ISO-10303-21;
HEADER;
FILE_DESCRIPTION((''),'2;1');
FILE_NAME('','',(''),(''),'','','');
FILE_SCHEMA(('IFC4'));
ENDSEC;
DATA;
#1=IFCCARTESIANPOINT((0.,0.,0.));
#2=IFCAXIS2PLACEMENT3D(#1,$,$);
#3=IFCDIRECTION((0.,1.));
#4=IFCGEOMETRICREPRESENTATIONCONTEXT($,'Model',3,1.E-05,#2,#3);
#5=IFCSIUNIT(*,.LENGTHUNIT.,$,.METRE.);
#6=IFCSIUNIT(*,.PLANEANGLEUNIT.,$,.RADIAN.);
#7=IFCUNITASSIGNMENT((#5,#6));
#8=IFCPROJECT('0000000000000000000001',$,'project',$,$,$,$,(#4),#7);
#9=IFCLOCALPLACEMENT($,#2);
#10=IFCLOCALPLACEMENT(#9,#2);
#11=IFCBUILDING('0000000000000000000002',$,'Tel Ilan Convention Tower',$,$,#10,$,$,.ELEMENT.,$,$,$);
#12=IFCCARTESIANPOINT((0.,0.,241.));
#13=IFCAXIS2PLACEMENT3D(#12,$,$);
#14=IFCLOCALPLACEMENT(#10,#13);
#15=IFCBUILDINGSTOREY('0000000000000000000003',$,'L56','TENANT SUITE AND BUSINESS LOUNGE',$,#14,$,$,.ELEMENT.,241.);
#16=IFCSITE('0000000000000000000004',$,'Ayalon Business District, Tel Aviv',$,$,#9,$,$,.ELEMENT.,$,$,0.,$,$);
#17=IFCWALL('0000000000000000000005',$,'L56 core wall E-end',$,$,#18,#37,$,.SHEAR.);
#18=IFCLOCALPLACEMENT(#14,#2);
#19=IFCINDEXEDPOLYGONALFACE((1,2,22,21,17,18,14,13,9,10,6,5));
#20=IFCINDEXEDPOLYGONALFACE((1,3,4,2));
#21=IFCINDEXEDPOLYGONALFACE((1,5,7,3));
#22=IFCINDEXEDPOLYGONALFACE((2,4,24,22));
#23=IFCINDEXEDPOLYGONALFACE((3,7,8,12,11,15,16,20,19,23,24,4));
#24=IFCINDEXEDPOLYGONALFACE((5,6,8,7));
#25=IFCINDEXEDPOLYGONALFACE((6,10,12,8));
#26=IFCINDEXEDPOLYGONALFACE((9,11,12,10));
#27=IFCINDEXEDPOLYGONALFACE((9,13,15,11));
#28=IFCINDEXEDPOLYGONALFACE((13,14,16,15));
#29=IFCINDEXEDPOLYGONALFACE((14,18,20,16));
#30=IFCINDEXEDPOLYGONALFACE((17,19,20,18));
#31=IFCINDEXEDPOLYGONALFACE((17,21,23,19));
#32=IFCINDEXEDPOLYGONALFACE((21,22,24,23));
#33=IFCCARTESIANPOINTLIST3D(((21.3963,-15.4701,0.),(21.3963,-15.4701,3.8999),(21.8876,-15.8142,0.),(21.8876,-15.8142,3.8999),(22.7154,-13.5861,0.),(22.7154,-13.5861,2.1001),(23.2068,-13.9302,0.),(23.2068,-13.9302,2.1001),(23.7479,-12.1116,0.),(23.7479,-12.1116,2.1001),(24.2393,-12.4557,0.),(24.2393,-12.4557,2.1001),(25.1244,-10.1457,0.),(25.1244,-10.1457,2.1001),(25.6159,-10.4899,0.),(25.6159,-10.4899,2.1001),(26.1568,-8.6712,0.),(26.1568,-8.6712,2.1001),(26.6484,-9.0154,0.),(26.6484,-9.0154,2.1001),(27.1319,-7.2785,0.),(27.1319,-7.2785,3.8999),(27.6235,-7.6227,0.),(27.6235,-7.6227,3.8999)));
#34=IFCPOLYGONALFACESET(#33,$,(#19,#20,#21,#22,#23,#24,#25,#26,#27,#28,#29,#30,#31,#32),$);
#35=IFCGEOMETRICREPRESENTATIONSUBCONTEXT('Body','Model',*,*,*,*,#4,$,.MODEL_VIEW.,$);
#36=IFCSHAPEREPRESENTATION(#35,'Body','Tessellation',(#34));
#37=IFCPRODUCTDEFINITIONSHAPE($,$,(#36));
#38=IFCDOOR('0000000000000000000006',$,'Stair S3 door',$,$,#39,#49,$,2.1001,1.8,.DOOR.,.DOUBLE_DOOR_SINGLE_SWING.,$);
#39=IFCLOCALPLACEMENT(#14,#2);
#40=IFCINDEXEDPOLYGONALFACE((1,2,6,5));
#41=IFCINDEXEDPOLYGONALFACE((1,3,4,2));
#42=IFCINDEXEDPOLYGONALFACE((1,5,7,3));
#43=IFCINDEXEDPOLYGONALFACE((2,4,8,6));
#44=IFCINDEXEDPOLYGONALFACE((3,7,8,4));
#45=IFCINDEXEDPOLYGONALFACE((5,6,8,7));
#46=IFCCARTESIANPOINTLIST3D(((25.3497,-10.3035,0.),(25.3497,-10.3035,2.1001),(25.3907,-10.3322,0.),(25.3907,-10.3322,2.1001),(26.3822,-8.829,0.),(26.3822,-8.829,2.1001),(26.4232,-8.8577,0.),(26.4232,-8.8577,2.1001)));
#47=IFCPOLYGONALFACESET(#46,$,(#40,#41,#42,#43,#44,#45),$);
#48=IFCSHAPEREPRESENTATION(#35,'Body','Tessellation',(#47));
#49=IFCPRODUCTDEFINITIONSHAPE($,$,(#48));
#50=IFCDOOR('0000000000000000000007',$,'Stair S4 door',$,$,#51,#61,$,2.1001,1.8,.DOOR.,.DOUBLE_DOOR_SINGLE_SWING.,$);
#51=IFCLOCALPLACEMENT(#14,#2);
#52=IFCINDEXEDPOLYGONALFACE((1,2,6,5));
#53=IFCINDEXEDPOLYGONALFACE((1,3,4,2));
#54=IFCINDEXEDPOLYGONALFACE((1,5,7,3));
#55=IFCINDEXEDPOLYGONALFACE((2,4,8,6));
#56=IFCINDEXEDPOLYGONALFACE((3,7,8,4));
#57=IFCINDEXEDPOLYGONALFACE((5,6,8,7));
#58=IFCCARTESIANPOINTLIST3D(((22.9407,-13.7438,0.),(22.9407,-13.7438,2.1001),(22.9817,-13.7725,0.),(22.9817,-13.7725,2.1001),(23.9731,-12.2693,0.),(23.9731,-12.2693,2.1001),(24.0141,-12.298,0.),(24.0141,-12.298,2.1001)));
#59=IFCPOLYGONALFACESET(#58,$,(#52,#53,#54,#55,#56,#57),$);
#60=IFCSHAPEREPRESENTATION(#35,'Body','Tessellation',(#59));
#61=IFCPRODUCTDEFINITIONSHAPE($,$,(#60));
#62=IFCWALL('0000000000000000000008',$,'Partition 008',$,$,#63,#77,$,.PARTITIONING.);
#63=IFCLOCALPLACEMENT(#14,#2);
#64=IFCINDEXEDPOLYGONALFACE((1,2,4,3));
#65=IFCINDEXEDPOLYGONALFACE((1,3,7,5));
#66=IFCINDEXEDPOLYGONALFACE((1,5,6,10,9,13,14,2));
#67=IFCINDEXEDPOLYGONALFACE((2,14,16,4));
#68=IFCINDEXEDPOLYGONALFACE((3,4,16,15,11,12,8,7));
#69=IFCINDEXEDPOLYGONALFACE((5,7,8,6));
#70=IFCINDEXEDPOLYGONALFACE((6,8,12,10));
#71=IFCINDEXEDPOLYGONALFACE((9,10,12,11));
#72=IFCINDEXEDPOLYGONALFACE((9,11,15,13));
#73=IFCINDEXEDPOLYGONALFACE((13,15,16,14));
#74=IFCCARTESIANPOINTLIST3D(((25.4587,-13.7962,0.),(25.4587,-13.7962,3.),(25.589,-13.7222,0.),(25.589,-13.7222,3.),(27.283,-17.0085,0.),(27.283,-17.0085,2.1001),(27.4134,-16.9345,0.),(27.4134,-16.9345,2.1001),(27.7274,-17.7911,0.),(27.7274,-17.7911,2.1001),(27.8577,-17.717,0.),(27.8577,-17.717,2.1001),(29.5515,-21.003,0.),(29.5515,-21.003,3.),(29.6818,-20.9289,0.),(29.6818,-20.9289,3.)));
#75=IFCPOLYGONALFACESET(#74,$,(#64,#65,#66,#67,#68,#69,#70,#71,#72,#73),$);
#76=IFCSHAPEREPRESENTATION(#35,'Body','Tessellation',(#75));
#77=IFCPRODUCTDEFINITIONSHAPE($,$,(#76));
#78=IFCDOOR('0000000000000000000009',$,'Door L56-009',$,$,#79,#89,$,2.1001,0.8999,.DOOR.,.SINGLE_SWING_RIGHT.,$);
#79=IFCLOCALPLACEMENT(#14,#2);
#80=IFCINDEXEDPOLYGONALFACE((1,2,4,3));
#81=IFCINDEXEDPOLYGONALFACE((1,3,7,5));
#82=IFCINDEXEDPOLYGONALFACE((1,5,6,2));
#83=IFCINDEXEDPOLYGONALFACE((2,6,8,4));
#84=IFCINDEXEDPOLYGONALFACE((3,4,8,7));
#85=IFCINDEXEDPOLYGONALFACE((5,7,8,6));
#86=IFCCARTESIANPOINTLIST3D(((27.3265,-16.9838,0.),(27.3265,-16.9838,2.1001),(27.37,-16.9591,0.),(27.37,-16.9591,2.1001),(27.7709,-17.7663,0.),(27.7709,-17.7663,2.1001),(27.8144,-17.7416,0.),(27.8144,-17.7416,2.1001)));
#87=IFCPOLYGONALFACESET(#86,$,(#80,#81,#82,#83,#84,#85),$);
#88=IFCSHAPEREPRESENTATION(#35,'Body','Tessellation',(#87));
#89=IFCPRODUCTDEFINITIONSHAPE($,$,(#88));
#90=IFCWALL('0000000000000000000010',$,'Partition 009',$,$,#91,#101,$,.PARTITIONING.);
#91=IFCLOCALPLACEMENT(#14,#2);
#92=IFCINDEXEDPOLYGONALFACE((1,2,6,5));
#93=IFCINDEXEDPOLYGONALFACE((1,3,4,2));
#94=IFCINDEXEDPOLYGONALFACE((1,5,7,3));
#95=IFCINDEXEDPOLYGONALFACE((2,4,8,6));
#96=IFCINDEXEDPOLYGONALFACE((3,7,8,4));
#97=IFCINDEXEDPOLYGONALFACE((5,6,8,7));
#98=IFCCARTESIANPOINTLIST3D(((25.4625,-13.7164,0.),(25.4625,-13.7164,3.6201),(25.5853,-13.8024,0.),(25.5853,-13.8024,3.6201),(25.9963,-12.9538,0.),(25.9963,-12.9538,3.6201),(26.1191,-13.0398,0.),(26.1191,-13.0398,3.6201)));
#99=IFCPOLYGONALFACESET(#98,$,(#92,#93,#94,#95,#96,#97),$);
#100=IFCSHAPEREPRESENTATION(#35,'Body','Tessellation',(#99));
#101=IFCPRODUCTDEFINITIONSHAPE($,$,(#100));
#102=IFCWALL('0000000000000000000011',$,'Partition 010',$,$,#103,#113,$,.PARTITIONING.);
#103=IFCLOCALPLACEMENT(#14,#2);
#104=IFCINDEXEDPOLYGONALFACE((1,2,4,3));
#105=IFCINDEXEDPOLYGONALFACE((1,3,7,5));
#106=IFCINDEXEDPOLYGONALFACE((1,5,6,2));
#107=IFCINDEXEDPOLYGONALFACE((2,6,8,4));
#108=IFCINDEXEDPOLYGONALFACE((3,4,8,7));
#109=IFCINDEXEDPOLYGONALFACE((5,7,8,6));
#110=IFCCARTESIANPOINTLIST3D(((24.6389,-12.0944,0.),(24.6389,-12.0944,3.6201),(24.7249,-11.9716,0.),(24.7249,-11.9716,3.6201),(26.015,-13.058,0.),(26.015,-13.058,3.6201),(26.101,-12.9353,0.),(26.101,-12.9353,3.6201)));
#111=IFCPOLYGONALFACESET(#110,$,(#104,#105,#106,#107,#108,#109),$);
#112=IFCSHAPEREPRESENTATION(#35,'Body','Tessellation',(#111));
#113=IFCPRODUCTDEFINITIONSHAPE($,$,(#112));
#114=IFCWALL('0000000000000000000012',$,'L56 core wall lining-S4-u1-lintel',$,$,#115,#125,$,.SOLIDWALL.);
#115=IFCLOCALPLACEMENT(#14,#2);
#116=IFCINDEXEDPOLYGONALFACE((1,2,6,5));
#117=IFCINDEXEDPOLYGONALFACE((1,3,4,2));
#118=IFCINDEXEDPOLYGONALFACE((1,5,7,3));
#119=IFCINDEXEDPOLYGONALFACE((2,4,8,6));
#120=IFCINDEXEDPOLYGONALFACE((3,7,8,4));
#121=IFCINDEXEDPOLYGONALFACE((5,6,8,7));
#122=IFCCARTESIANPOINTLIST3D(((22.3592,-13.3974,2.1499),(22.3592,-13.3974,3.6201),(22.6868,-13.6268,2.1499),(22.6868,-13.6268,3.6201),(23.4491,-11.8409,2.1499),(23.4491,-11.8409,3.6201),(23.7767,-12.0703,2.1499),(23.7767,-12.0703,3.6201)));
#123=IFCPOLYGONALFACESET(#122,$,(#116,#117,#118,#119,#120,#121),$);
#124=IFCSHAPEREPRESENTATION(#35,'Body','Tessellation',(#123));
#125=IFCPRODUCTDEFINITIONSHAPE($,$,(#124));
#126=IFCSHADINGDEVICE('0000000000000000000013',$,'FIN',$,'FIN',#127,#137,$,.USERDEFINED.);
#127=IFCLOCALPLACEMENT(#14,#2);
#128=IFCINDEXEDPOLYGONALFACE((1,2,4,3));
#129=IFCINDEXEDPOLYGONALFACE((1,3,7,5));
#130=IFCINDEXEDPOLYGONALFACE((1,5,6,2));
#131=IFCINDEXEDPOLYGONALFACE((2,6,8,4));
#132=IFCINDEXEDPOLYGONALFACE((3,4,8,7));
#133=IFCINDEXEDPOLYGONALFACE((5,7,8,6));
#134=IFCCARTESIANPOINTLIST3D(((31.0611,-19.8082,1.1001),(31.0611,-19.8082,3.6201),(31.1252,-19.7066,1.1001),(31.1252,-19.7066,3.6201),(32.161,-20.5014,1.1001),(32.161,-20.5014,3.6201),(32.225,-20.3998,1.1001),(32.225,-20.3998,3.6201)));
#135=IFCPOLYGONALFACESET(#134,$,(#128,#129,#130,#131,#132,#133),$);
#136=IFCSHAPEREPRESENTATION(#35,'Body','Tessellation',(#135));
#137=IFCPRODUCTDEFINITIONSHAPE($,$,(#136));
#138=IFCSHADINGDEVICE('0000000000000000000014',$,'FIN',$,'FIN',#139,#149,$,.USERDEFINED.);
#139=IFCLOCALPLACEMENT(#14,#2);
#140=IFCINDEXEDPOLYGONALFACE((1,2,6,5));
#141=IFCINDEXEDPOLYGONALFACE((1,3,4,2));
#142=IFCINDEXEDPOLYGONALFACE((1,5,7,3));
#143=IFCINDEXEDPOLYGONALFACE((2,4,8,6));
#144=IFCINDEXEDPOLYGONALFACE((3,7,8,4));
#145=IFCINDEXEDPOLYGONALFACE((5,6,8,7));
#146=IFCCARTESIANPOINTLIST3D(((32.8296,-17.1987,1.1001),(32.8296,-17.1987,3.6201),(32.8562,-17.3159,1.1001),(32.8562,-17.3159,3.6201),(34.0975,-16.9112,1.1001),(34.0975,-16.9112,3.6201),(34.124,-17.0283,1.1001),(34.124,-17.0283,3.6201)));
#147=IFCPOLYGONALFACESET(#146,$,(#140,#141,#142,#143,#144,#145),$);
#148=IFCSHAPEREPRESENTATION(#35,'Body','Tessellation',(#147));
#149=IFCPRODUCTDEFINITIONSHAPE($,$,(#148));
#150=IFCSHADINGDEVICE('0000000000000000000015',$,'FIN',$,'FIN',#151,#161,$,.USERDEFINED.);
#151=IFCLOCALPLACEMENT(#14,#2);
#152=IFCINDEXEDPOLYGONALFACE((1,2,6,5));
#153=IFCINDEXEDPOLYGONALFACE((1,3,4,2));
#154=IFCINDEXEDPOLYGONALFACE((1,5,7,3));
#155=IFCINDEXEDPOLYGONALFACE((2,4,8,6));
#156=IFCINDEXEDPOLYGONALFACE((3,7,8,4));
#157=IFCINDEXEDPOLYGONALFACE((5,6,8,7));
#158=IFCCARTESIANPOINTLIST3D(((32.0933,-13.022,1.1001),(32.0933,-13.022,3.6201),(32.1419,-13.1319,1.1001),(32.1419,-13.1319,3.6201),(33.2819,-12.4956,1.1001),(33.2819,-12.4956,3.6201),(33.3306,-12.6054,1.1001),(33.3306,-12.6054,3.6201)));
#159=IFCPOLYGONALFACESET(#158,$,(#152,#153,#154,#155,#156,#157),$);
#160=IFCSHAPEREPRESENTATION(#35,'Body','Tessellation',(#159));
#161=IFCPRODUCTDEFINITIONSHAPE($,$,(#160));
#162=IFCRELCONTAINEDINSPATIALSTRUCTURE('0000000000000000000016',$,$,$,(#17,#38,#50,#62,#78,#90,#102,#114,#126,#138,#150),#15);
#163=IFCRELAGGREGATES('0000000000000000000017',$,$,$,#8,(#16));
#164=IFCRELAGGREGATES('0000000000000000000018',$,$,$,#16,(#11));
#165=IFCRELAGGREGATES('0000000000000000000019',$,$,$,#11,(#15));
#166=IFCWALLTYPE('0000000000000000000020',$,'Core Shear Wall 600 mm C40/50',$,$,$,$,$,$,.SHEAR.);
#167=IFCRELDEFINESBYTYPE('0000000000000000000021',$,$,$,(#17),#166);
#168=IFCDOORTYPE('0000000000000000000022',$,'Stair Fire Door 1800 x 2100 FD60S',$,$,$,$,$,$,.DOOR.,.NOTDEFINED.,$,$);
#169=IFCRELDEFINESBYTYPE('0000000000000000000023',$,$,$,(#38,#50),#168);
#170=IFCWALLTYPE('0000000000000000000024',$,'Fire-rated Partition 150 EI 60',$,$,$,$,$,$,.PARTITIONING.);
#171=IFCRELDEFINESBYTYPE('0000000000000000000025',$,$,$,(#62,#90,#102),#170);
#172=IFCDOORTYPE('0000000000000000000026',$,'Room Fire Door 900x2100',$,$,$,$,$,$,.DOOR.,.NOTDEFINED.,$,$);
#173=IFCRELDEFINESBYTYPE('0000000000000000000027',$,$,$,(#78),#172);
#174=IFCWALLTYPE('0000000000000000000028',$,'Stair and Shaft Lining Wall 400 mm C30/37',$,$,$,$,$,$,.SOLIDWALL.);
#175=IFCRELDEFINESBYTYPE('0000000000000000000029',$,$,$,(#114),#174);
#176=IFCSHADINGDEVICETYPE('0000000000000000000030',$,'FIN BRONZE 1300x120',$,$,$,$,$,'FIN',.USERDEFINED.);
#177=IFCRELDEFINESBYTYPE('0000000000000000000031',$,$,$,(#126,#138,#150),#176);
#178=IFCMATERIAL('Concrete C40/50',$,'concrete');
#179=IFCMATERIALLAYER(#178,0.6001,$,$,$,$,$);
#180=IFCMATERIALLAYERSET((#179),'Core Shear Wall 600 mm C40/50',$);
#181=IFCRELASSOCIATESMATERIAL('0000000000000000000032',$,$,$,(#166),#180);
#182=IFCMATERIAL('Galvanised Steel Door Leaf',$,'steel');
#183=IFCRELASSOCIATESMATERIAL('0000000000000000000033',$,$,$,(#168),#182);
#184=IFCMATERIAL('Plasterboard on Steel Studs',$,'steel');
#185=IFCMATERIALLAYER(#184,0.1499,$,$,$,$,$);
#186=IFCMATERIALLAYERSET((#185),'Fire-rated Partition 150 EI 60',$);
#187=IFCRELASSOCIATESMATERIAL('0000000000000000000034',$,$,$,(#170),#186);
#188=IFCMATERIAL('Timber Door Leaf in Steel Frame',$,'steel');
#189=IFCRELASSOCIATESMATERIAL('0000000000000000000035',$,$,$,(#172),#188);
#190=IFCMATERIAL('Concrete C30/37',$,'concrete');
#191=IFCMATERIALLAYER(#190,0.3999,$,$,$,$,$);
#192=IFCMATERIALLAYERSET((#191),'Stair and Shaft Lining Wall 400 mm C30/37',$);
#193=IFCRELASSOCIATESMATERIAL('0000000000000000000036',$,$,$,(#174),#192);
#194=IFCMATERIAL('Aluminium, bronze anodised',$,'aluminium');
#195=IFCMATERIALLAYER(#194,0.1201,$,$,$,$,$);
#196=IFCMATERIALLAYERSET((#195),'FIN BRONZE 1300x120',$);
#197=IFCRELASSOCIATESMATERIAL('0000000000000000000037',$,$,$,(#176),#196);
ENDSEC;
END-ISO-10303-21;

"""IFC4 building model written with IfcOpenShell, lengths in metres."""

from ifc_helpers import new_model, si_unit, direction, frame, frame_2d, origin, origin_2d, place, context, subcontext, project, spatial, polyline, rectangle, outline, extrude, material, layer, layer_set, type_object, element, fill, save


model = new_model("IFC4")

# Units and contexts
model_context = context("Model", 3, precision=1e-05, world=origin(), true_north=direction((0.0, 1.0)))
body_context = subcontext(model_context, "Body", "Model", "MODEL_VIEW")
ifc_project = project(units=[si_unit("LENGTHUNIT", "METRE"), si_unit("PLANEANGLEUNIT", "RADIAN")], contexts=[model_context])

# Site, building, storey
site_placement = place(None, origin())
site = spatial("IfcSite", under=ifc_project, at=site_placement, Name="Ayalon Business District, Tel Aviv", CompositionType="ELEMENT", RefElevation=0.0)
building_placement = place(site_placement, origin())
building = spatial("IfcBuilding", under=site, at=building_placement, Name="Tel Ilan Convention Tower", CompositionType="ELEMENT")
storey_placement = place(building_placement, frame((0.0, 0.0, 241.0)))
storey = spatial("IfcBuildingStorey", under=building, at=storey_placement, Name="L56", Description="TENANT SUITE AND BUSINESS LOUNGE", CompositionType="ELEMENT", Elevation=241.0)

# Wall, openings, doors
ifc_material_1 = material(Name="Concrete C40/50", Category="concrete")
ifc_layer_1 = layer(ifc_material_1, 0.6001)
ifc_layer_set_1 = layer_set([ifc_layer_1], Name="Core Shear Wall 600 mm C40/50")
wall_type_1 = type_object("IfcWallType", Name="Core Shear Wall 600 mm C40/50", PredefinedType="SHEAR", material=ifc_layer_set_1)
wall_1_placement = place(storey_placement, frame((21.6418, -15.6421, 0.0), z_axis=(0.0, 0.0, 1.0), x_axis=(0.573587, 0.819145, 0.0)))
wall_1 = element("IfcWall", 1, at=wall_1_placement, inside=storey, type_object=wall_type_1, Name="L56 core wall E-end", PredefinedType="SHEAR", context=body_context, shape_type="SweptSolid", body=[
    extrude(outline(polyline([(10.0, 0.3), (0.0, 0.2998), (0.0, -0.3), (10.0, -0.3), (10.0, 0.3)])), origin(), (0.0, 0.0, 1.0), 3.8999),
])
opening_1_placement = place(wall_1_placement, frame((6.5, 0.0, 0.0)))
opening_1 = element("IfcOpeningElement", 2, at=opening_1_placement, cuts=wall_1, PredefinedType="OPENING", context=body_context, shape_type="SweptSolid", body=[
    extrude(rectangle(XDim=1.8, YDim=2.1001, at=frame_2d((0.8999, 1.05))), frame((0.0, 0.3101, 0.0), z_axis=(0.0, -1.0, 0.0), x_axis=(1.0, 0.0, 0.0)), (0.0, 0.0, 1.0), 0.6201),
])
opening_2_placement = place(wall_1_placement, frame((2.3, 0.0, 0.0)))
opening_2 = element("IfcOpeningElement", 3, at=opening_2_placement, cuts=wall_1, PredefinedType="OPENING", context=body_context, shape_type="SweptSolid", body=[
    extrude(rectangle(XDim=1.8, YDim=2.1001, at=frame_2d((0.8999, 1.05))), frame((0.0, 0.3101, 0.0), z_axis=(0.0, -1.0, 0.0), x_axis=(1.0, 0.0, 0.0)), (0.0, 0.0, 1.0), 0.6201),
])
ifc_material_2 = material(Name="Galvanised Steel Door Leaf", Category="steel")
door_type_1 = type_object("IfcDoorType", Name="Stair Fire Door 1800 x 2100 FD60S", OperationType="NOTDEFINED", PredefinedType="DOOR", material=ifc_material_2)
door_1_placement = place(opening_1_placement, origin())
door_1 = element("IfcDoor", 4, at=door_1_placement, inside=storey, type_object=door_type_1, Name="Stair S3 door", OperationType="DOUBLE_DOOR_SINGLE_SWING", OverallHeight=2.1001, OverallWidth=1.8, PredefinedType="DOOR", context=body_context, shape_type="SweptSolid", body=[
    extrude(rectangle(XDim=1.8, YDim=2.1001, at=frame_2d((0.8999, 1.05))), frame((0.0, 0.0249, 0.0), z_axis=(0.0, -1.0, 0.0), x_axis=(1.0, 0.0, 0.0)), (0.0, 0.0, 1.0), 0.05),
])
fill(opening_1, door_1)
door_2_placement = place(opening_2_placement, origin())
door_2 = element("IfcDoor", 5, at=door_2_placement, inside=storey, type_object=door_type_1, Name="Stair S4 door", OperationType="DOUBLE_DOOR_SINGLE_SWING", OverallHeight=2.1001, OverallWidth=1.8, PredefinedType="DOOR", context=body_context, shape_type="SweptSolid", body=[
    extrude(rectangle(XDim=1.8, YDim=2.1001, at=frame_2d((0.8999, 1.05))), frame((0.0, 0.0249, 0.0), z_axis=(0.0, -1.0, 0.0), x_axis=(1.0, 0.0, 0.0)), (0.0, 0.0, 1.0), 0.05),
])
fill(opening_2, door_2)

# Wall, opening, door
ifc_material_3 = material(Name="Plasterboard on Steel Studs", Category="steel")
ifc_layer_2 = layer(ifc_material_3, 0.1499)
ifc_layer_set_2 = layer_set([ifc_layer_2], Name="Fire-rated Partition 150 EI 60")
wall_type_2 = type_object("IfcWallType", Name="Fire-rated Partition 150 EI 60", PredefinedType="PARTITIONING", material=ifc_layer_set_2)
wall_2_placement = place(storey_placement, frame((29.6167, -20.9661, 0.0), z_axis=(0.0, 0.0, 1.0), x_axis=(-0.493828, 0.86956, 0.0)))
wall_2 = element("IfcWall", 6, at=wall_2_placement, inside=storey, type_object=wall_type_2, Name="Partition 008", PredefinedType="PARTITIONING", context=body_context, shape_type="SweptSolid", body=[
    extrude(rectangle(XDim=8.2878, YDim=0.1499, at=frame_2d((4.144, 0.0))), origin(), (0.0, 0.0, 1.0), 3.0),
])
opening_3_placement = place(wall_2_placement, frame((3.6938, 0.0, 0.0)))
opening_3 = element("IfcOpeningElement", 7, at=opening_3_placement, cuts=wall_2, PredefinedType="OPENING", context=body_context, shape_type="SweptSolid", body=[
    extrude(rectangle(XDim=0.8999, YDim=2.1001, at=frame_2d((0.45, 1.05))), frame((0.0, 0.085, 0.0), z_axis=(0.0, -1.0, 0.0), x_axis=(1.0, 0.0, 0.0)), (0.0, 0.0, 1.0), 0.1699),
])
ifc_material_4 = material(Name="Timber Door Leaf in Steel Frame", Category="steel")
door_type_2 = type_object("IfcDoorType", Name="Room Fire Door 900x2100", OperationType="NOTDEFINED", PredefinedType="DOOR", material=ifc_material_4)
door_3_placement = place(opening_3_placement, origin())
door_3 = element("IfcDoor", 8, at=door_3_placement, inside=storey, type_object=door_type_2, Name="Door L56-009", OperationType="SINGLE_SWING_RIGHT", OverallHeight=2.1001, OverallWidth=0.8999, PredefinedType="DOOR", context=body_context, shape_type="SweptSolid", body=[
    extrude(rectangle(XDim=0.8999, YDim=2.1001, at=frame_2d((0.45, 1.05))), frame((0.0, 0.0249, 0.0), z_axis=(0.0, -1.0, 0.0), x_axis=(1.0, 0.0, 0.0)), (0.0, 0.0, 1.0), 0.05),
])
fill(opening_3, door_3)

# Walls
wall_3_placement = place(storey_placement, frame((25.5239, -13.7593, 0.0), z_axis=(0.0, 0.0, 1.0), x_axis=(0.573498, 0.819207, 0.0)))
element("IfcWall", 9, at=wall_3_placement, inside=storey, type_object=wall_type_2, Name="Partition 009", PredefinedType="PARTITIONING", context=body_context, shape_type="SweptSolid", body=[
    extrude(rectangle(XDim=0.9309, YDim=0.1499, at=frame_2d((0.4653, 0.0))), origin(), (0.0, 0.0, 1.0), 3.6201),
])
wall_4_placement = place(storey_placement, frame((26.0579, -12.9966, 0.0), z_axis=(0.0, 0.0, 1.0), x_axis=(-0.819109, 0.573638, 0.0)))
element("IfcWall", 10, at=wall_4_placement, inside=storey, type_object=wall_type_2, Name="Partition 010", PredefinedType="PARTITIONING", context=body_context, shape_type="SweptSolid", body=[
    extrude(rectangle(XDim=1.6799, YDim=0.1499, at=frame_2d((0.8398, 0.0))), origin(), (0.0, 0.0, 1.0), 3.6201),
])
ifc_material_5 = material(Name="Concrete C30/37", Category="concrete")
ifc_layer_3 = layer(ifc_material_5, 0.3999)
ifc_layer_set_3 = layer_set([ifc_layer_3], Name="Stair and Shaft Lining Wall 400 mm C30/37")
wall_type_3 = type_object("IfcWallType", Name="Stair and Shaft Lining Wall 400 mm C30/37", PredefinedType="SOLIDWALL", material=ifc_layer_set_3)
wall_5_placement = place(storey_placement, frame((22.5229, -13.5122, 2.1499), z_axis=(0.0, 0.0, 1.0), x_axis=(0.573592, 0.819141, 0.0)))
element("IfcWall", 11, at=wall_5_placement, inside=storey, type_object=wall_type_3, Name="L56 core wall lining-S4-u1-lintel", PredefinedType="SOLIDWALL", context=body_context, shape_type="SweptSolid", body=[
    extrude(rectangle(XDim=1.9001, YDim=0.3999, at=frame_2d((0.9502, 0.0))), origin(), (0.0, 0.0, 1.0), 1.4702),
])

# Shading devices
ifc_material_6 = material(Name="Aluminium, bronze anodised", Category="aluminium")
ifc_layer_4 = layer(ifc_material_6, 0.1201)
ifc_layer_set_4 = layer_set([ifc_layer_4], Name="FIN BRONZE 1300x120")
shading_device_type = type_object("IfcShadingDeviceType", Name="FIN BRONZE 1300x120", ElementType="FIN", PredefinedType="USERDEFINED", material=ifc_layer_set_4)
for number, where, z_axis, x_axis, name in (
    (12, (31.6431, -20.104, 1.1001), (0.0, 0.0, 1.0), (0.845986, -0.533204, 0.0), "FIN"),
    (13, (33.4768, -17.1135, 1.1001), (0.0, 0.0, 1.0), (0.975235, 0.22117, 0.0), "FIN"),
    (14, (32.7119, -12.8137, 1.1001), (0.0, 0.0, 1.0), (0.914333, 0.404964, 0.0), "FIN"),
):
    element("IfcShadingDevice", number, at=place(storey_placement, frame(where, z_axis=z_axis, x_axis=x_axis)), inside=storey, type_object=shading_device_type, Name=name, ObjectType="FIN", PredefinedType="USERDEFINED", context=body_context, shape_type="SweptSolid", body=[
        extrude(rectangle(XDim=1.3, YDim=0.1201, at=origin_2d()), origin(), (0.0, 0.0, 1.0), 2.52),
    ])

save(model, "model.ifc")
